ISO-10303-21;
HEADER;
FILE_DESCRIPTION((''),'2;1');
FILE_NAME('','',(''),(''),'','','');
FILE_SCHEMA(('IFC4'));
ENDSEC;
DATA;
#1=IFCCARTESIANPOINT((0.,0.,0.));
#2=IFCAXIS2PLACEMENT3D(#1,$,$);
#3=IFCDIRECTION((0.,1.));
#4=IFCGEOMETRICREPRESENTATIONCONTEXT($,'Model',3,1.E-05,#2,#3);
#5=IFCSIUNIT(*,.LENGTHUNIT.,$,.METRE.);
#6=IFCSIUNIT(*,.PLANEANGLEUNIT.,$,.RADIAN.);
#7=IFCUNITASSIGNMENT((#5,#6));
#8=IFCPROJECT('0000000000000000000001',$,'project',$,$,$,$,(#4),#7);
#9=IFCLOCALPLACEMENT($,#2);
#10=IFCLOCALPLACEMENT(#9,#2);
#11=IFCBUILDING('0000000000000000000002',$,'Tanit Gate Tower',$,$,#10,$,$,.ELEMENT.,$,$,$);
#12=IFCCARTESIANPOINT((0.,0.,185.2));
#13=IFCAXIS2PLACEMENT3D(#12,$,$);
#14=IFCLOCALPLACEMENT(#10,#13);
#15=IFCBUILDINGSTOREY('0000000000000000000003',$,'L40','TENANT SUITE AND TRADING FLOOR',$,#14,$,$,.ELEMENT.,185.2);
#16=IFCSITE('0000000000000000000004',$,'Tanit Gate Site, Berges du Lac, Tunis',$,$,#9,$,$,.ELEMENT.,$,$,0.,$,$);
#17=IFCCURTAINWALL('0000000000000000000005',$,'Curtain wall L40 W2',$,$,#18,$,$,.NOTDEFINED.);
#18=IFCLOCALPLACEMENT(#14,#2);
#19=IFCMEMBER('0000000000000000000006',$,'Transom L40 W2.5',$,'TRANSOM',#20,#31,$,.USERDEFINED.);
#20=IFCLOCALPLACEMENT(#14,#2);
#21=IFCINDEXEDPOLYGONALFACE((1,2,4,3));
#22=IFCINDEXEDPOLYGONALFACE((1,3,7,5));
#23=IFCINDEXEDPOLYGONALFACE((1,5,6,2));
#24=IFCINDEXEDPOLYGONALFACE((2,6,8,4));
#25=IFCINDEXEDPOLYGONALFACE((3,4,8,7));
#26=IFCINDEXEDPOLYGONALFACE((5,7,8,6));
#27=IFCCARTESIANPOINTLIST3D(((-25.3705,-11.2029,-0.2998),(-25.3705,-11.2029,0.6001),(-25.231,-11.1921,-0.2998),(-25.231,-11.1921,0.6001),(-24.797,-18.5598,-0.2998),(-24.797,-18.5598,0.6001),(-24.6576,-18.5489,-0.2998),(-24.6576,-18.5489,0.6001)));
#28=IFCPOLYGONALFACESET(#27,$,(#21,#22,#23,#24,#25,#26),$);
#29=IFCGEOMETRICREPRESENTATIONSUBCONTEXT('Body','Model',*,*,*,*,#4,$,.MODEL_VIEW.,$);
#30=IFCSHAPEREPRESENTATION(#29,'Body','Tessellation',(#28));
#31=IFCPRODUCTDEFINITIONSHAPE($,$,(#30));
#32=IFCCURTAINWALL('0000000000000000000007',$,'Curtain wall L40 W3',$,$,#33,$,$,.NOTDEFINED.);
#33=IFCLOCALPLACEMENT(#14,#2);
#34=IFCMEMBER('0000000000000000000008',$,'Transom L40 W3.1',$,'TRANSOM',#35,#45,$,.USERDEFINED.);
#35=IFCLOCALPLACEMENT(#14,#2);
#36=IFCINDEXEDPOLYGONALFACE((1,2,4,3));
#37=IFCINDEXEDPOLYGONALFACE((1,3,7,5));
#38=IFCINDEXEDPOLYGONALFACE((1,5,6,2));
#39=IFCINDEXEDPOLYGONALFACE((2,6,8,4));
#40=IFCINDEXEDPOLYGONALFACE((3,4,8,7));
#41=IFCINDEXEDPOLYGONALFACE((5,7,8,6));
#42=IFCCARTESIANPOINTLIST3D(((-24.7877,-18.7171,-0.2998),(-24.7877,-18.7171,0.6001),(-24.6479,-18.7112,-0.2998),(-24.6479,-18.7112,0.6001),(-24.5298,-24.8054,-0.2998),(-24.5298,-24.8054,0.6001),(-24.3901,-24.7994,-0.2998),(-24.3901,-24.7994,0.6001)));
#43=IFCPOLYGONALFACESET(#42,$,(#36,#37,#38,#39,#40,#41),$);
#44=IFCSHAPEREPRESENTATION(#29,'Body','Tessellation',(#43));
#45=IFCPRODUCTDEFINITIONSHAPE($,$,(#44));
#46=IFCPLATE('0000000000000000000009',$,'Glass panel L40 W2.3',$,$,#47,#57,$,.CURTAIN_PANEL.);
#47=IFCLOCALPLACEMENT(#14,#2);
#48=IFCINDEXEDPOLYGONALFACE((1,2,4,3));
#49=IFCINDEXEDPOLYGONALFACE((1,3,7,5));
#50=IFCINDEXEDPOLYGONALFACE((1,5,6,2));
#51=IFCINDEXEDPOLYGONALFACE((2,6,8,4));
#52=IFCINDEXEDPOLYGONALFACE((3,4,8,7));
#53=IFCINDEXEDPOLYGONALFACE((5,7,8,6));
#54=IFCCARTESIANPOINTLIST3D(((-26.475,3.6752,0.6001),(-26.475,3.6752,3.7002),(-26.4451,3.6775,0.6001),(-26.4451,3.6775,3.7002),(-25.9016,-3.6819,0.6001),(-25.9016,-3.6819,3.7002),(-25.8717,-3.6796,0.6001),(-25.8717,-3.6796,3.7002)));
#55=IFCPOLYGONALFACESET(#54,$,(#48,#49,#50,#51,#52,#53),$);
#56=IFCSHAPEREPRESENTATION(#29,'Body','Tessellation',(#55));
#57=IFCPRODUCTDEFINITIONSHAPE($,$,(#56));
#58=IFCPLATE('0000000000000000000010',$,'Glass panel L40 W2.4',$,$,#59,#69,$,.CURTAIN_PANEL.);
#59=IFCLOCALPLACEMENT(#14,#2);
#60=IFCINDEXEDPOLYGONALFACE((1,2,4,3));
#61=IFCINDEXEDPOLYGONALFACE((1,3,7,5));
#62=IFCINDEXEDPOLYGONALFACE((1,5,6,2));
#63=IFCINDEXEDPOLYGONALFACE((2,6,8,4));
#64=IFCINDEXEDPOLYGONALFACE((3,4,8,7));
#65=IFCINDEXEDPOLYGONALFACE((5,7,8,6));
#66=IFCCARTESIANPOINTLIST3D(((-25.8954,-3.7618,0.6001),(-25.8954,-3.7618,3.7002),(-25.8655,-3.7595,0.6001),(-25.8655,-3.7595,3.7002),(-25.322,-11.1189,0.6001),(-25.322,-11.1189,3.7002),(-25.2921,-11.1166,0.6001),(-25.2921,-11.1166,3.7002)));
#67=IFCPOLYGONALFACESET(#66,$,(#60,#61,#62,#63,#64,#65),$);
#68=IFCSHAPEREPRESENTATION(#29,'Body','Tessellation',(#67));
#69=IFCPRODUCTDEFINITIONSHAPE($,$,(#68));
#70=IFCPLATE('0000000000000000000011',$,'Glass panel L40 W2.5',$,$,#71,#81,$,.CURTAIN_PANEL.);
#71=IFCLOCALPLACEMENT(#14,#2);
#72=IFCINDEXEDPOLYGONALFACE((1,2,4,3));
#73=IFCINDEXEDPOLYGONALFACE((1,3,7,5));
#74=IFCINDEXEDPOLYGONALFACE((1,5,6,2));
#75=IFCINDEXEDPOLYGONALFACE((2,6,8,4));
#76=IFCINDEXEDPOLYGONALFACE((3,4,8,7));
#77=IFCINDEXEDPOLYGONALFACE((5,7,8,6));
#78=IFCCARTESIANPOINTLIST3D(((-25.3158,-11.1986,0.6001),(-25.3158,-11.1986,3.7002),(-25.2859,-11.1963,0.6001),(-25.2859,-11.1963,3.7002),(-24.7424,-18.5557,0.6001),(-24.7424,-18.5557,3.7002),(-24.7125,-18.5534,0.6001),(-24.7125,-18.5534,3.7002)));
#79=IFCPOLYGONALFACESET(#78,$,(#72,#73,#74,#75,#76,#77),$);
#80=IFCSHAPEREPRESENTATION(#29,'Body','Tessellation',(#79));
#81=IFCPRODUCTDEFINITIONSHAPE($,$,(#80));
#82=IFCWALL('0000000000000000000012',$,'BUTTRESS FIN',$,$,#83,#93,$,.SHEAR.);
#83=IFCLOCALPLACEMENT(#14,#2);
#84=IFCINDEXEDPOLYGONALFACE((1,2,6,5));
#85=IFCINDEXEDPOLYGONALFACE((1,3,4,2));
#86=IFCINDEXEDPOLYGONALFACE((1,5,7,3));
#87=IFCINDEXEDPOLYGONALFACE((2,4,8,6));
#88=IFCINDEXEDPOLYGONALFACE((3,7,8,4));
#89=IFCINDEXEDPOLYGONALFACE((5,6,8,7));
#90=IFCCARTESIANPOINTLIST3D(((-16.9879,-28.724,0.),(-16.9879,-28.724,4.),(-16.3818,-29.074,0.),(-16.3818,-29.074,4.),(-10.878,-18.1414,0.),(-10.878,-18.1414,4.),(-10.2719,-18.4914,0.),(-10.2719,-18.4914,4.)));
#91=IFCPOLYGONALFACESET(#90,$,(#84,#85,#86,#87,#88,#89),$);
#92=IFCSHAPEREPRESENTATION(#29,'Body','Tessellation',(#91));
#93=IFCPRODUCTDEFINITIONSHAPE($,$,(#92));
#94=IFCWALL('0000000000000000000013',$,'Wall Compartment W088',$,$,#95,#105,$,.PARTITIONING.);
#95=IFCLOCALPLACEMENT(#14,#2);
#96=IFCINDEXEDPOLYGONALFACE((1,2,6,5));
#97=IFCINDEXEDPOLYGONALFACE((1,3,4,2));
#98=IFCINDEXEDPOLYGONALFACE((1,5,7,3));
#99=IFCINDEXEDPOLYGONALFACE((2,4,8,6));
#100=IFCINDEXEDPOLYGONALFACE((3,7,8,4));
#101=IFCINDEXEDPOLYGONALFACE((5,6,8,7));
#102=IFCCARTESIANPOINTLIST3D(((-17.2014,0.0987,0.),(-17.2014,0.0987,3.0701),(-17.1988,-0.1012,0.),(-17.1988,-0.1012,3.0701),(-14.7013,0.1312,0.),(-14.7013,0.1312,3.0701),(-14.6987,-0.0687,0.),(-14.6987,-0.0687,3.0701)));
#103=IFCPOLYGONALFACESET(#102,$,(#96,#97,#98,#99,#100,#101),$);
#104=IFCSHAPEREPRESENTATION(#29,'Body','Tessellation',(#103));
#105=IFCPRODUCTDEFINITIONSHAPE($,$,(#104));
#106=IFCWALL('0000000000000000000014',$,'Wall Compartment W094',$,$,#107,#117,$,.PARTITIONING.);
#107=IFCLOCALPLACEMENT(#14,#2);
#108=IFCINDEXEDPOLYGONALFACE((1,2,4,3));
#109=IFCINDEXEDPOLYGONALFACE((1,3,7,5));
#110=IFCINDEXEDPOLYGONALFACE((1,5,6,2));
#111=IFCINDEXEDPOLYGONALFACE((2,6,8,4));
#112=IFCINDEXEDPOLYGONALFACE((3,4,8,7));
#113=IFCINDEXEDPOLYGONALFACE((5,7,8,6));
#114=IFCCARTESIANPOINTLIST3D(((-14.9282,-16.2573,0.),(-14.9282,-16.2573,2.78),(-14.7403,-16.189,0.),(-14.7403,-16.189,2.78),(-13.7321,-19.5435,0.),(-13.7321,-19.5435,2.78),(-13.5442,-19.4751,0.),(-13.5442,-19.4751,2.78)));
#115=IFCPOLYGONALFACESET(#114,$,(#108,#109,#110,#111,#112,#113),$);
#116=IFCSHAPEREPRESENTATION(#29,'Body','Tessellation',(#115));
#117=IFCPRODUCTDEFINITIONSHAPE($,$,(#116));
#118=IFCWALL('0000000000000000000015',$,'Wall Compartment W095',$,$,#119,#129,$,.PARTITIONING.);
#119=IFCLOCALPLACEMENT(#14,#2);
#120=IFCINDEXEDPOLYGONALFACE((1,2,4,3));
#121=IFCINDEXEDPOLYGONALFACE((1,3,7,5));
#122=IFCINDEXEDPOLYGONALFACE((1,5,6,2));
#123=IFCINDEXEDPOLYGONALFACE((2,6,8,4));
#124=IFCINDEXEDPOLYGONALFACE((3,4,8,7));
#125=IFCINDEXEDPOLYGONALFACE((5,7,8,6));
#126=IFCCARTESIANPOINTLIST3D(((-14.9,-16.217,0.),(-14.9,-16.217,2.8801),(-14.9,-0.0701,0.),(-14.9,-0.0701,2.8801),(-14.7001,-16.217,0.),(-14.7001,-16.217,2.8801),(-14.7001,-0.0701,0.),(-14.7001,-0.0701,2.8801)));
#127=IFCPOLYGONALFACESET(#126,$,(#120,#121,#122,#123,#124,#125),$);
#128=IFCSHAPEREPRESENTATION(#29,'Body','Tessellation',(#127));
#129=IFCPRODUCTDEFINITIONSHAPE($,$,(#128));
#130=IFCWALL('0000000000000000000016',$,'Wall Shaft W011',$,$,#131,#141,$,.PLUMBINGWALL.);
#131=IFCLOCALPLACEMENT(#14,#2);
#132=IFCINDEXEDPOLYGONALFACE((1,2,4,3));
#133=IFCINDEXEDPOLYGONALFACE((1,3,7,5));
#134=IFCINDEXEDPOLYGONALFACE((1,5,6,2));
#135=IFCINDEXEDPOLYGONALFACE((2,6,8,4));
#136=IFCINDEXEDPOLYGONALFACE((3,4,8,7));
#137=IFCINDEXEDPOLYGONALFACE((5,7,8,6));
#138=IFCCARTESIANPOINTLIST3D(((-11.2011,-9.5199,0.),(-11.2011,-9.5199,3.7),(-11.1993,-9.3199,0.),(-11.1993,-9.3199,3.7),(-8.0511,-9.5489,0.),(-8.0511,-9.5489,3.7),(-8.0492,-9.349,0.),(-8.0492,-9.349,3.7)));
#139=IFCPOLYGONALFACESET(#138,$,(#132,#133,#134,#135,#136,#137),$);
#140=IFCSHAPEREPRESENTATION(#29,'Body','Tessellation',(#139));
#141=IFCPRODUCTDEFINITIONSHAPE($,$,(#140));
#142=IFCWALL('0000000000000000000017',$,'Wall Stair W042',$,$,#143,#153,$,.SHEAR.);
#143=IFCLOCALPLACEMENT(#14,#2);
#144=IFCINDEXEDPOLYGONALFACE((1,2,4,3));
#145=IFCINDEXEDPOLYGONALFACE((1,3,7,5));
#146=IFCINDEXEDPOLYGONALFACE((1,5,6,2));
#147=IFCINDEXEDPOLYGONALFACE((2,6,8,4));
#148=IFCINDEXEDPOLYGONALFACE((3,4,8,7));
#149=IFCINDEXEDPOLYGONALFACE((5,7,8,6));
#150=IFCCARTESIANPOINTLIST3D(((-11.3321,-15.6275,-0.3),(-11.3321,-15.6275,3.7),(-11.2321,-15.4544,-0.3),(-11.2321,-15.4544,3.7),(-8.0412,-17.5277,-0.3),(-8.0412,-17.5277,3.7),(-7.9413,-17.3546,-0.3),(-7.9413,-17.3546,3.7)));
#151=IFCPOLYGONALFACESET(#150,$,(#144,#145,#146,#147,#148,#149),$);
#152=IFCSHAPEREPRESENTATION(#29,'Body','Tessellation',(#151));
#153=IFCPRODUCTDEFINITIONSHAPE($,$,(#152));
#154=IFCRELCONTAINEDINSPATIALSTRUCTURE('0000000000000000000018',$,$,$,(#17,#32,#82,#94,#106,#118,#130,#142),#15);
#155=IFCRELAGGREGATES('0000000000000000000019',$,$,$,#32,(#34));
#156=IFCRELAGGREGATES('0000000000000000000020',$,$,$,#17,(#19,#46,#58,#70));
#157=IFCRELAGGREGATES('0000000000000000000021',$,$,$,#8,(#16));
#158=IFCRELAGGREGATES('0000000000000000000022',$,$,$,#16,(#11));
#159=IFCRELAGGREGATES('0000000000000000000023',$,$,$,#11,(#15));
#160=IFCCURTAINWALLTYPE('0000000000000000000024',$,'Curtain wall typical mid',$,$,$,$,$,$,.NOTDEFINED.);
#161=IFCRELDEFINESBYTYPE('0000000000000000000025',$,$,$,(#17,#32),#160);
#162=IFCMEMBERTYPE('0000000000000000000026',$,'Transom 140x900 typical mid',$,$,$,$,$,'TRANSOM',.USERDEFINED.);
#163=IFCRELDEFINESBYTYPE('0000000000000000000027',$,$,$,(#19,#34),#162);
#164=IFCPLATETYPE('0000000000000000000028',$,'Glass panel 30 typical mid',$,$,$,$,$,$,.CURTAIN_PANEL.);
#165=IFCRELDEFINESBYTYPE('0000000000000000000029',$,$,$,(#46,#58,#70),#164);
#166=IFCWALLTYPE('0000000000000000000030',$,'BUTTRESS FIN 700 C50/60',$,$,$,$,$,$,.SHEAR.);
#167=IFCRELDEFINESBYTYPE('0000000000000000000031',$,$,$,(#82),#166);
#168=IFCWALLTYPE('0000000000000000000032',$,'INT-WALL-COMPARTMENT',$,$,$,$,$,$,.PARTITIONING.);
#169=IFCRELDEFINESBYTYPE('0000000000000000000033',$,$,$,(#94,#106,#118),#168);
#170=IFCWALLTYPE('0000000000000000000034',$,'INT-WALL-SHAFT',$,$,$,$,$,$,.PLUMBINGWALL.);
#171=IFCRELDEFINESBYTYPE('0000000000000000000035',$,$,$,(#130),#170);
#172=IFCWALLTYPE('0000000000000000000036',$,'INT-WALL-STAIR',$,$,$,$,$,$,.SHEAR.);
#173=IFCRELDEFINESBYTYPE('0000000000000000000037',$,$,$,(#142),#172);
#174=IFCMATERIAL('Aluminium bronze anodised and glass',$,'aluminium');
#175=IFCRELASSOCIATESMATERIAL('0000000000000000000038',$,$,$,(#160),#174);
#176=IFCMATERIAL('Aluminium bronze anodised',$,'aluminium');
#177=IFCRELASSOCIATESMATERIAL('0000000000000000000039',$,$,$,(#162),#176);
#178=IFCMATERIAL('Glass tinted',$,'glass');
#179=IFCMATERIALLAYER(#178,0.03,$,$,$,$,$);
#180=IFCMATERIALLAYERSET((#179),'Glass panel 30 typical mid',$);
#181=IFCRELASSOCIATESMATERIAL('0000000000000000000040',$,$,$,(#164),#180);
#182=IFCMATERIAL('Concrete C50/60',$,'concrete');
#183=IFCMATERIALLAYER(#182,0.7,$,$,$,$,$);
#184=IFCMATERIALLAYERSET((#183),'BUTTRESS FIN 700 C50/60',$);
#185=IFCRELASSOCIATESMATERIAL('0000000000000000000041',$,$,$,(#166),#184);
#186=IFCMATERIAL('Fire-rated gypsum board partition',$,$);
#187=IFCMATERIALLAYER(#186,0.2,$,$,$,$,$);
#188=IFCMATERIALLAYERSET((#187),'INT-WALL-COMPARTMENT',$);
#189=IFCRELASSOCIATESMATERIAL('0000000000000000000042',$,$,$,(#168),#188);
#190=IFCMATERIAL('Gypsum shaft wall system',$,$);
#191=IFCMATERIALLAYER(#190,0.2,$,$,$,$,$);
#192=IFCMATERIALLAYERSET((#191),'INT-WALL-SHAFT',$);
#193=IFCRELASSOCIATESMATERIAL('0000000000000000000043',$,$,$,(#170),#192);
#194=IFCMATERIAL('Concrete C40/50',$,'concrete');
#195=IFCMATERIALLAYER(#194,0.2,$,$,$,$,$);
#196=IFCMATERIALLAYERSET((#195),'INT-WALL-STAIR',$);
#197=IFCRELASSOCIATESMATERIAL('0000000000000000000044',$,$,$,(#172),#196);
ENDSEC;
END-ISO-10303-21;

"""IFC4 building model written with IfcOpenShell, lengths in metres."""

from ifc_helpers import new_model, si_unit, direction, frame, frame_2d, origin, origin_2d, place, context, subcontext, project, spatial, rectangle, extrude, material, layer, layer_set, material_profile, profile_set, type_object, element, aggregate, save


model = new_model("IFC4")

# Units and contexts
model_context = context("Model", 3, precision=1e-05, world=origin(), true_north=direction((0.0, 1.0)))
body_context = subcontext(model_context, "Body", "Model", "MODEL_VIEW")
ifc_project = project(units=[si_unit("LENGTHUNIT", "METRE"), si_unit("PLANEANGLEUNIT", "RADIAN")], contexts=[model_context])

# Site, building, storey
site_placement = place(None, origin())
site = spatial("IfcSite", under=ifc_project, at=site_placement, Name="Tanit Gate Site, Berges du Lac, Tunis", CompositionType="ELEMENT", RefElevation=0.0)
building_placement = place(site_placement, origin())
building = spatial("IfcBuilding", under=site, at=building_placement, Name="Tanit Gate Tower", CompositionType="ELEMENT")
storey_placement = place(building_placement, frame((0.0, 0.0, 185.2)))
storey = spatial("IfcBuildingStorey", under=building, at=storey_placement, Name="L40", Description="TENANT SUITE AND TRADING FLOOR", CompositionType="ELEMENT", Elevation=185.2)

# Curtain wall
ifc_material_1 = material(Name="Aluminium bronze anodised and glass", Category="aluminium")
curtain_wall_type = type_object("IfcCurtainWallType", Name="Curtain wall typical mid", PredefinedType="NOTDEFINED", material=ifc_material_1)
curtain_wall_1_placement = place(storey_placement, origin())
curtain_wall_1 = element("IfcCurtainWall", 1, at=curtain_wall_1_placement, inside=storey, type_object=curtain_wall_type, Name="Curtain wall L40 W2", PredefinedType="NOTDEFINED")

# Member
ifc_material_2 = material(Name="Aluminium bronze anodised", Category="aluminium")
ifc_material_profile_1 = material_profile(ifc_material_2, rectangle(XDim=0.1399, YDim=0.8999, at=origin_2d()), Name="140x900 bronze transom")
ifc_profile_set_1 = profile_set([ifc_material_profile_1], Name="Aluminium bronze anodised")
member_type_1 = type_object("IfcMemberType", Name="Transom 140x900 typical mid", ElementType="TRANSOM", PredefinedType="USERDEFINED", material=ifc_profile_set_1)
member_1_placement = place(storey_placement, frame((-25.3008, -11.1975, 0.1501), z_axis=(0.077716, -0.996976, 0.0), x_axis=(0.996976, 0.077716, 0.0)))
member_1 = element("IfcMember", 2, at=member_1_placement, type_object=member_type_1, Name="Transom L40 W2.5", ObjectType="TRANSOM", PredefinedType="USERDEFINED", context=body_context, shape_type="SweptSolid", body=[
    extrude(rectangle(XDim=0.1399, YDim=0.8999, at=origin_2d()), origin(), (0.0, 0.0, 1.0), 7.3792),
])

# Curtain wall, member
curtain_wall_2_placement = place(storey_placement, origin())
curtain_wall_2 = element("IfcCurtainWall", 3, at=curtain_wall_2_placement, inside=storey, type_object=curtain_wall_type, Name="Curtain wall L40 W3", PredefinedType="NOTDEFINED")
member_2_placement = place(storey_placement, frame((-24.7178, -18.7141, 0.1501), z_axis=(0.042307, -0.999105, 0.0), x_axis=(0.999105, 0.042307, 0.0)))
member_2 = element("IfcMember", 4, at=member_2_placement, type_object=member_type_1, Name="Transom L40 W3.1", ObjectType="TRANSOM", PredefinedType="USERDEFINED", context=body_context, shape_type="SweptSolid", body=[
    extrude(rectangle(XDim=0.1399, YDim=0.8999, at=origin_2d()), origin(), (0.0, 0.0, 1.0), 6.0938),
])
aggregate(curtain_wall_2, [member_2])

# Plates
ifc_material_3 = material(Name="Glass tinted", Category="glass")
ifc_layer_1 = layer(ifc_material_3, 0.03)
ifc_layer_set_1 = layer_set([ifc_layer_1], Name="Glass panel 30 typical mid")
plate_type = type_object("IfcPlateType", Name="Glass panel 30 typical mid", PredefinedType="CURTAIN_PANEL", material=ifc_layer_set_1)
plate_1_placement = place(storey_placement, frame((-26.1733, -0.0022, 0.6001), z_axis=(0.0, 0.0, 1.0), x_axis=(0.077701, -0.996977, 0.0)))
plate_1 = element("IfcPlate", 5, at=plate_1_placement, type_object=plate_type, Name="Glass panel L40 W2.3", PredefinedType="CURTAIN_PANEL", context=body_context, shape_type="SweptSolid", body=[
    extrude(rectangle(XDim=7.3794, YDim=0.03, at=origin_2d()), origin(), (0.0, 0.0, 1.0), 3.1001),
])
plate_2_placement = place(storey_placement, frame((-25.5938, -7.4392, 0.6001), z_axis=(0.0, 0.0, 1.0), x_axis=(0.077701, -0.996977, 0.0)))
plate_2 = element("IfcPlate", 6, at=plate_2_placement, type_object=plate_type, Name="Glass panel L40 W2.4", PredefinedType="CURTAIN_PANEL", context=body_context, shape_type="SweptSolid", body=[
    extrude(rectangle(XDim=7.3794, YDim=0.03, at=origin_2d()), origin(), (0.0, 0.0, 1.0), 3.1001),
])
plate_3_placement = place(storey_placement, frame((-25.0142, -14.876, 0.6001), z_axis=(0.0, 0.0, 1.0), x_axis=(0.077701, -0.996977, 0.0)))
plate_3 = element("IfcPlate", 7, at=plate_3_placement, type_object=plate_type, Name="Glass panel L40 W2.5", PredefinedType="CURTAIN_PANEL", context=body_context, shape_type="SweptSolid", body=[
    extrude(rectangle(XDim=7.3794, YDim=0.03, at=origin_2d()), origin(), (0.0, 0.0, 1.0), 3.1001),
])
aggregate(curtain_wall_1, [member_1, plate_1, plate_2, plate_3])

# Walls
ifc_material_4 = material(Name="Concrete C50/60", Category="concrete")
ifc_layer_2 = layer(ifc_material_4, 0.7)
ifc_layer_set_2 = layer_set([ifc_layer_2], Name="BUTTRESS FIN 700 C50/60")
wall_type_1 = type_object("IfcWallType", Name="BUTTRESS FIN 700 C50/60", PredefinedType="SHEAR", material=ifc_layer_set_2)
wall_1_placement = place(storey_placement, frame((-10.575, -18.3164, 0.0), z_axis=(0.0, 0.0, 1.0), x_axis=(-0.500003, -0.866024, 0.0)))
element("IfcWall", 8, at=wall_1_placement, inside=storey, type_object=wall_type_1, Name="BUTTRESS FIN", PredefinedType="SHEAR", context=body_context, shape_type="SweptSolid", body=[
    extrude(rectangle(XDim=12.2197, YDim=0.7, at=frame_2d((6.1099, 0.0))), origin(), (0.0, 0.0, 1.0), 4.0),
])
ifc_material_5 = material(Name="Fire-rated gypsum board partition")
ifc_layer_3 = layer(ifc_material_5, 0.2)
ifc_layer_set_3 = layer_set([ifc_layer_3], Name="INT-WALL-COMPARTMENT")
wall_type_2 = type_object("IfcWallType", Name="INT-WALL-COMPARTMENT", PredefinedType="PARTITIONING", material=ifc_layer_set_3)
wall_2_placement = place(storey_placement, frame((-17.2, -0.0012, 0.0), z_axis=(0.0, 0.0, 1.0), x_axis=(0.999916, 0.012987, 0.0)))
element("IfcWall", 9, at=wall_2_placement, inside=storey, type_object=wall_type_2, Name="Wall Compartment W088", PredefinedType="PARTITIONING", context=body_context, shape_type="SweptSolid", body=[
    extrude(rectangle(XDim=2.5002, YDim=0.2, at=frame_2d((1.25, 0.0))), origin(), (0.0, 0.0, 1.0), 3.0701),
])
wall_3_placement = place(storey_placement, frame((-14.8342, -16.2231, 0.0), z_axis=(0.0, 0.0, 1.0), x_axis=(0.342018, -0.939694, 0.0)))
element("IfcWall", 10, at=wall_3_placement, inside=storey, type_object=wall_type_2, Name="Wall Compartment W094", PredefinedType="PARTITIONING", context=body_context, shape_type="SweptSolid", body=[
    extrude(rectangle(XDim=3.4971, YDim=0.2, at=frame_2d((1.7485, 0.0))), origin(), (0.0, 0.0, 1.0), 2.78),
])
wall_4_placement = place(storey_placement, frame((-14.8, -0.0701, 0.0), z_axis=(0.0, 0.0, 1.0), x_axis=(0.0, -1.0, 0.0)))
element("IfcWall", 11, at=wall_4_placement, inside=storey, type_object=wall_type_2, Name="Wall Compartment W095", PredefinedType="PARTITIONING", context=body_context, shape_type="SweptSolid", body=[
    extrude(rectangle(XDim=16.147, YDim=0.2, at=frame_2d((8.0735, 0.0))), origin(), (0.0, 0.0, 1.0), 2.8801),
])
ifc_material_6 = material(Name="Gypsum shaft wall system")
ifc_layer_4 = layer(ifc_material_6, 0.2)
ifc_layer_set_4 = layer_set([ifc_layer_4], Name="INT-WALL-SHAFT")
wall_type_3 = type_object("IfcWallType", Name="INT-WALL-SHAFT", PredefinedType="PLUMBINGWALL", material=ifc_layer_set_4)
wall_5_placement = place(storey_placement, frame((-8.05, -9.449, 0.0), z_axis=(0.0, 0.0, 1.0), x_axis=(-0.999957, 0.009223, 0.0)))
element("IfcWall", 12, at=wall_5_placement, inside=storey, type_object=wall_type_3, Name="Wall Shaft W011", PredefinedType="PLUMBINGWALL", context=body_context, shape_type="SweptSolid", body=[
    extrude(rectangle(XDim=3.1501, YDim=0.2, at=frame_2d((1.5752, 0.0))), origin(), (0.0, 0.0, 1.0), 3.7),
])
ifc_material_7 = material(Name="Concrete C40/50", Category="concrete")
ifc_layer_5 = layer(ifc_material_7, 0.2)
ifc_layer_set_5 = layer_set([ifc_layer_5], Name="INT-WALL-STAIR")
wall_type_4 = type_object("IfcWallType", Name="INT-WALL-STAIR", PredefinedType="SHEAR", material=ifc_layer_set_5)
wall_6_placement = place(storey_placement, frame((-11.282, -15.541, -0.3), z_axis=(0.0, 0.0, 1.0), x_axis=(0.866, -0.500043, 0.0)))
element("IfcWall", 13, at=wall_6_placement, inside=storey, type_object=wall_type_4, Name="Wall Stair W042", PredefinedType="SHEAR", context=body_context, shape_type="SweptSolid", body=[
    extrude(rectangle(XDim=3.8, YDim=0.2, at=frame_2d((1.8999, 0.0))), origin(), (0.0, 0.0, 1.0), 4.0),
])

save(model, "model.ifc")
